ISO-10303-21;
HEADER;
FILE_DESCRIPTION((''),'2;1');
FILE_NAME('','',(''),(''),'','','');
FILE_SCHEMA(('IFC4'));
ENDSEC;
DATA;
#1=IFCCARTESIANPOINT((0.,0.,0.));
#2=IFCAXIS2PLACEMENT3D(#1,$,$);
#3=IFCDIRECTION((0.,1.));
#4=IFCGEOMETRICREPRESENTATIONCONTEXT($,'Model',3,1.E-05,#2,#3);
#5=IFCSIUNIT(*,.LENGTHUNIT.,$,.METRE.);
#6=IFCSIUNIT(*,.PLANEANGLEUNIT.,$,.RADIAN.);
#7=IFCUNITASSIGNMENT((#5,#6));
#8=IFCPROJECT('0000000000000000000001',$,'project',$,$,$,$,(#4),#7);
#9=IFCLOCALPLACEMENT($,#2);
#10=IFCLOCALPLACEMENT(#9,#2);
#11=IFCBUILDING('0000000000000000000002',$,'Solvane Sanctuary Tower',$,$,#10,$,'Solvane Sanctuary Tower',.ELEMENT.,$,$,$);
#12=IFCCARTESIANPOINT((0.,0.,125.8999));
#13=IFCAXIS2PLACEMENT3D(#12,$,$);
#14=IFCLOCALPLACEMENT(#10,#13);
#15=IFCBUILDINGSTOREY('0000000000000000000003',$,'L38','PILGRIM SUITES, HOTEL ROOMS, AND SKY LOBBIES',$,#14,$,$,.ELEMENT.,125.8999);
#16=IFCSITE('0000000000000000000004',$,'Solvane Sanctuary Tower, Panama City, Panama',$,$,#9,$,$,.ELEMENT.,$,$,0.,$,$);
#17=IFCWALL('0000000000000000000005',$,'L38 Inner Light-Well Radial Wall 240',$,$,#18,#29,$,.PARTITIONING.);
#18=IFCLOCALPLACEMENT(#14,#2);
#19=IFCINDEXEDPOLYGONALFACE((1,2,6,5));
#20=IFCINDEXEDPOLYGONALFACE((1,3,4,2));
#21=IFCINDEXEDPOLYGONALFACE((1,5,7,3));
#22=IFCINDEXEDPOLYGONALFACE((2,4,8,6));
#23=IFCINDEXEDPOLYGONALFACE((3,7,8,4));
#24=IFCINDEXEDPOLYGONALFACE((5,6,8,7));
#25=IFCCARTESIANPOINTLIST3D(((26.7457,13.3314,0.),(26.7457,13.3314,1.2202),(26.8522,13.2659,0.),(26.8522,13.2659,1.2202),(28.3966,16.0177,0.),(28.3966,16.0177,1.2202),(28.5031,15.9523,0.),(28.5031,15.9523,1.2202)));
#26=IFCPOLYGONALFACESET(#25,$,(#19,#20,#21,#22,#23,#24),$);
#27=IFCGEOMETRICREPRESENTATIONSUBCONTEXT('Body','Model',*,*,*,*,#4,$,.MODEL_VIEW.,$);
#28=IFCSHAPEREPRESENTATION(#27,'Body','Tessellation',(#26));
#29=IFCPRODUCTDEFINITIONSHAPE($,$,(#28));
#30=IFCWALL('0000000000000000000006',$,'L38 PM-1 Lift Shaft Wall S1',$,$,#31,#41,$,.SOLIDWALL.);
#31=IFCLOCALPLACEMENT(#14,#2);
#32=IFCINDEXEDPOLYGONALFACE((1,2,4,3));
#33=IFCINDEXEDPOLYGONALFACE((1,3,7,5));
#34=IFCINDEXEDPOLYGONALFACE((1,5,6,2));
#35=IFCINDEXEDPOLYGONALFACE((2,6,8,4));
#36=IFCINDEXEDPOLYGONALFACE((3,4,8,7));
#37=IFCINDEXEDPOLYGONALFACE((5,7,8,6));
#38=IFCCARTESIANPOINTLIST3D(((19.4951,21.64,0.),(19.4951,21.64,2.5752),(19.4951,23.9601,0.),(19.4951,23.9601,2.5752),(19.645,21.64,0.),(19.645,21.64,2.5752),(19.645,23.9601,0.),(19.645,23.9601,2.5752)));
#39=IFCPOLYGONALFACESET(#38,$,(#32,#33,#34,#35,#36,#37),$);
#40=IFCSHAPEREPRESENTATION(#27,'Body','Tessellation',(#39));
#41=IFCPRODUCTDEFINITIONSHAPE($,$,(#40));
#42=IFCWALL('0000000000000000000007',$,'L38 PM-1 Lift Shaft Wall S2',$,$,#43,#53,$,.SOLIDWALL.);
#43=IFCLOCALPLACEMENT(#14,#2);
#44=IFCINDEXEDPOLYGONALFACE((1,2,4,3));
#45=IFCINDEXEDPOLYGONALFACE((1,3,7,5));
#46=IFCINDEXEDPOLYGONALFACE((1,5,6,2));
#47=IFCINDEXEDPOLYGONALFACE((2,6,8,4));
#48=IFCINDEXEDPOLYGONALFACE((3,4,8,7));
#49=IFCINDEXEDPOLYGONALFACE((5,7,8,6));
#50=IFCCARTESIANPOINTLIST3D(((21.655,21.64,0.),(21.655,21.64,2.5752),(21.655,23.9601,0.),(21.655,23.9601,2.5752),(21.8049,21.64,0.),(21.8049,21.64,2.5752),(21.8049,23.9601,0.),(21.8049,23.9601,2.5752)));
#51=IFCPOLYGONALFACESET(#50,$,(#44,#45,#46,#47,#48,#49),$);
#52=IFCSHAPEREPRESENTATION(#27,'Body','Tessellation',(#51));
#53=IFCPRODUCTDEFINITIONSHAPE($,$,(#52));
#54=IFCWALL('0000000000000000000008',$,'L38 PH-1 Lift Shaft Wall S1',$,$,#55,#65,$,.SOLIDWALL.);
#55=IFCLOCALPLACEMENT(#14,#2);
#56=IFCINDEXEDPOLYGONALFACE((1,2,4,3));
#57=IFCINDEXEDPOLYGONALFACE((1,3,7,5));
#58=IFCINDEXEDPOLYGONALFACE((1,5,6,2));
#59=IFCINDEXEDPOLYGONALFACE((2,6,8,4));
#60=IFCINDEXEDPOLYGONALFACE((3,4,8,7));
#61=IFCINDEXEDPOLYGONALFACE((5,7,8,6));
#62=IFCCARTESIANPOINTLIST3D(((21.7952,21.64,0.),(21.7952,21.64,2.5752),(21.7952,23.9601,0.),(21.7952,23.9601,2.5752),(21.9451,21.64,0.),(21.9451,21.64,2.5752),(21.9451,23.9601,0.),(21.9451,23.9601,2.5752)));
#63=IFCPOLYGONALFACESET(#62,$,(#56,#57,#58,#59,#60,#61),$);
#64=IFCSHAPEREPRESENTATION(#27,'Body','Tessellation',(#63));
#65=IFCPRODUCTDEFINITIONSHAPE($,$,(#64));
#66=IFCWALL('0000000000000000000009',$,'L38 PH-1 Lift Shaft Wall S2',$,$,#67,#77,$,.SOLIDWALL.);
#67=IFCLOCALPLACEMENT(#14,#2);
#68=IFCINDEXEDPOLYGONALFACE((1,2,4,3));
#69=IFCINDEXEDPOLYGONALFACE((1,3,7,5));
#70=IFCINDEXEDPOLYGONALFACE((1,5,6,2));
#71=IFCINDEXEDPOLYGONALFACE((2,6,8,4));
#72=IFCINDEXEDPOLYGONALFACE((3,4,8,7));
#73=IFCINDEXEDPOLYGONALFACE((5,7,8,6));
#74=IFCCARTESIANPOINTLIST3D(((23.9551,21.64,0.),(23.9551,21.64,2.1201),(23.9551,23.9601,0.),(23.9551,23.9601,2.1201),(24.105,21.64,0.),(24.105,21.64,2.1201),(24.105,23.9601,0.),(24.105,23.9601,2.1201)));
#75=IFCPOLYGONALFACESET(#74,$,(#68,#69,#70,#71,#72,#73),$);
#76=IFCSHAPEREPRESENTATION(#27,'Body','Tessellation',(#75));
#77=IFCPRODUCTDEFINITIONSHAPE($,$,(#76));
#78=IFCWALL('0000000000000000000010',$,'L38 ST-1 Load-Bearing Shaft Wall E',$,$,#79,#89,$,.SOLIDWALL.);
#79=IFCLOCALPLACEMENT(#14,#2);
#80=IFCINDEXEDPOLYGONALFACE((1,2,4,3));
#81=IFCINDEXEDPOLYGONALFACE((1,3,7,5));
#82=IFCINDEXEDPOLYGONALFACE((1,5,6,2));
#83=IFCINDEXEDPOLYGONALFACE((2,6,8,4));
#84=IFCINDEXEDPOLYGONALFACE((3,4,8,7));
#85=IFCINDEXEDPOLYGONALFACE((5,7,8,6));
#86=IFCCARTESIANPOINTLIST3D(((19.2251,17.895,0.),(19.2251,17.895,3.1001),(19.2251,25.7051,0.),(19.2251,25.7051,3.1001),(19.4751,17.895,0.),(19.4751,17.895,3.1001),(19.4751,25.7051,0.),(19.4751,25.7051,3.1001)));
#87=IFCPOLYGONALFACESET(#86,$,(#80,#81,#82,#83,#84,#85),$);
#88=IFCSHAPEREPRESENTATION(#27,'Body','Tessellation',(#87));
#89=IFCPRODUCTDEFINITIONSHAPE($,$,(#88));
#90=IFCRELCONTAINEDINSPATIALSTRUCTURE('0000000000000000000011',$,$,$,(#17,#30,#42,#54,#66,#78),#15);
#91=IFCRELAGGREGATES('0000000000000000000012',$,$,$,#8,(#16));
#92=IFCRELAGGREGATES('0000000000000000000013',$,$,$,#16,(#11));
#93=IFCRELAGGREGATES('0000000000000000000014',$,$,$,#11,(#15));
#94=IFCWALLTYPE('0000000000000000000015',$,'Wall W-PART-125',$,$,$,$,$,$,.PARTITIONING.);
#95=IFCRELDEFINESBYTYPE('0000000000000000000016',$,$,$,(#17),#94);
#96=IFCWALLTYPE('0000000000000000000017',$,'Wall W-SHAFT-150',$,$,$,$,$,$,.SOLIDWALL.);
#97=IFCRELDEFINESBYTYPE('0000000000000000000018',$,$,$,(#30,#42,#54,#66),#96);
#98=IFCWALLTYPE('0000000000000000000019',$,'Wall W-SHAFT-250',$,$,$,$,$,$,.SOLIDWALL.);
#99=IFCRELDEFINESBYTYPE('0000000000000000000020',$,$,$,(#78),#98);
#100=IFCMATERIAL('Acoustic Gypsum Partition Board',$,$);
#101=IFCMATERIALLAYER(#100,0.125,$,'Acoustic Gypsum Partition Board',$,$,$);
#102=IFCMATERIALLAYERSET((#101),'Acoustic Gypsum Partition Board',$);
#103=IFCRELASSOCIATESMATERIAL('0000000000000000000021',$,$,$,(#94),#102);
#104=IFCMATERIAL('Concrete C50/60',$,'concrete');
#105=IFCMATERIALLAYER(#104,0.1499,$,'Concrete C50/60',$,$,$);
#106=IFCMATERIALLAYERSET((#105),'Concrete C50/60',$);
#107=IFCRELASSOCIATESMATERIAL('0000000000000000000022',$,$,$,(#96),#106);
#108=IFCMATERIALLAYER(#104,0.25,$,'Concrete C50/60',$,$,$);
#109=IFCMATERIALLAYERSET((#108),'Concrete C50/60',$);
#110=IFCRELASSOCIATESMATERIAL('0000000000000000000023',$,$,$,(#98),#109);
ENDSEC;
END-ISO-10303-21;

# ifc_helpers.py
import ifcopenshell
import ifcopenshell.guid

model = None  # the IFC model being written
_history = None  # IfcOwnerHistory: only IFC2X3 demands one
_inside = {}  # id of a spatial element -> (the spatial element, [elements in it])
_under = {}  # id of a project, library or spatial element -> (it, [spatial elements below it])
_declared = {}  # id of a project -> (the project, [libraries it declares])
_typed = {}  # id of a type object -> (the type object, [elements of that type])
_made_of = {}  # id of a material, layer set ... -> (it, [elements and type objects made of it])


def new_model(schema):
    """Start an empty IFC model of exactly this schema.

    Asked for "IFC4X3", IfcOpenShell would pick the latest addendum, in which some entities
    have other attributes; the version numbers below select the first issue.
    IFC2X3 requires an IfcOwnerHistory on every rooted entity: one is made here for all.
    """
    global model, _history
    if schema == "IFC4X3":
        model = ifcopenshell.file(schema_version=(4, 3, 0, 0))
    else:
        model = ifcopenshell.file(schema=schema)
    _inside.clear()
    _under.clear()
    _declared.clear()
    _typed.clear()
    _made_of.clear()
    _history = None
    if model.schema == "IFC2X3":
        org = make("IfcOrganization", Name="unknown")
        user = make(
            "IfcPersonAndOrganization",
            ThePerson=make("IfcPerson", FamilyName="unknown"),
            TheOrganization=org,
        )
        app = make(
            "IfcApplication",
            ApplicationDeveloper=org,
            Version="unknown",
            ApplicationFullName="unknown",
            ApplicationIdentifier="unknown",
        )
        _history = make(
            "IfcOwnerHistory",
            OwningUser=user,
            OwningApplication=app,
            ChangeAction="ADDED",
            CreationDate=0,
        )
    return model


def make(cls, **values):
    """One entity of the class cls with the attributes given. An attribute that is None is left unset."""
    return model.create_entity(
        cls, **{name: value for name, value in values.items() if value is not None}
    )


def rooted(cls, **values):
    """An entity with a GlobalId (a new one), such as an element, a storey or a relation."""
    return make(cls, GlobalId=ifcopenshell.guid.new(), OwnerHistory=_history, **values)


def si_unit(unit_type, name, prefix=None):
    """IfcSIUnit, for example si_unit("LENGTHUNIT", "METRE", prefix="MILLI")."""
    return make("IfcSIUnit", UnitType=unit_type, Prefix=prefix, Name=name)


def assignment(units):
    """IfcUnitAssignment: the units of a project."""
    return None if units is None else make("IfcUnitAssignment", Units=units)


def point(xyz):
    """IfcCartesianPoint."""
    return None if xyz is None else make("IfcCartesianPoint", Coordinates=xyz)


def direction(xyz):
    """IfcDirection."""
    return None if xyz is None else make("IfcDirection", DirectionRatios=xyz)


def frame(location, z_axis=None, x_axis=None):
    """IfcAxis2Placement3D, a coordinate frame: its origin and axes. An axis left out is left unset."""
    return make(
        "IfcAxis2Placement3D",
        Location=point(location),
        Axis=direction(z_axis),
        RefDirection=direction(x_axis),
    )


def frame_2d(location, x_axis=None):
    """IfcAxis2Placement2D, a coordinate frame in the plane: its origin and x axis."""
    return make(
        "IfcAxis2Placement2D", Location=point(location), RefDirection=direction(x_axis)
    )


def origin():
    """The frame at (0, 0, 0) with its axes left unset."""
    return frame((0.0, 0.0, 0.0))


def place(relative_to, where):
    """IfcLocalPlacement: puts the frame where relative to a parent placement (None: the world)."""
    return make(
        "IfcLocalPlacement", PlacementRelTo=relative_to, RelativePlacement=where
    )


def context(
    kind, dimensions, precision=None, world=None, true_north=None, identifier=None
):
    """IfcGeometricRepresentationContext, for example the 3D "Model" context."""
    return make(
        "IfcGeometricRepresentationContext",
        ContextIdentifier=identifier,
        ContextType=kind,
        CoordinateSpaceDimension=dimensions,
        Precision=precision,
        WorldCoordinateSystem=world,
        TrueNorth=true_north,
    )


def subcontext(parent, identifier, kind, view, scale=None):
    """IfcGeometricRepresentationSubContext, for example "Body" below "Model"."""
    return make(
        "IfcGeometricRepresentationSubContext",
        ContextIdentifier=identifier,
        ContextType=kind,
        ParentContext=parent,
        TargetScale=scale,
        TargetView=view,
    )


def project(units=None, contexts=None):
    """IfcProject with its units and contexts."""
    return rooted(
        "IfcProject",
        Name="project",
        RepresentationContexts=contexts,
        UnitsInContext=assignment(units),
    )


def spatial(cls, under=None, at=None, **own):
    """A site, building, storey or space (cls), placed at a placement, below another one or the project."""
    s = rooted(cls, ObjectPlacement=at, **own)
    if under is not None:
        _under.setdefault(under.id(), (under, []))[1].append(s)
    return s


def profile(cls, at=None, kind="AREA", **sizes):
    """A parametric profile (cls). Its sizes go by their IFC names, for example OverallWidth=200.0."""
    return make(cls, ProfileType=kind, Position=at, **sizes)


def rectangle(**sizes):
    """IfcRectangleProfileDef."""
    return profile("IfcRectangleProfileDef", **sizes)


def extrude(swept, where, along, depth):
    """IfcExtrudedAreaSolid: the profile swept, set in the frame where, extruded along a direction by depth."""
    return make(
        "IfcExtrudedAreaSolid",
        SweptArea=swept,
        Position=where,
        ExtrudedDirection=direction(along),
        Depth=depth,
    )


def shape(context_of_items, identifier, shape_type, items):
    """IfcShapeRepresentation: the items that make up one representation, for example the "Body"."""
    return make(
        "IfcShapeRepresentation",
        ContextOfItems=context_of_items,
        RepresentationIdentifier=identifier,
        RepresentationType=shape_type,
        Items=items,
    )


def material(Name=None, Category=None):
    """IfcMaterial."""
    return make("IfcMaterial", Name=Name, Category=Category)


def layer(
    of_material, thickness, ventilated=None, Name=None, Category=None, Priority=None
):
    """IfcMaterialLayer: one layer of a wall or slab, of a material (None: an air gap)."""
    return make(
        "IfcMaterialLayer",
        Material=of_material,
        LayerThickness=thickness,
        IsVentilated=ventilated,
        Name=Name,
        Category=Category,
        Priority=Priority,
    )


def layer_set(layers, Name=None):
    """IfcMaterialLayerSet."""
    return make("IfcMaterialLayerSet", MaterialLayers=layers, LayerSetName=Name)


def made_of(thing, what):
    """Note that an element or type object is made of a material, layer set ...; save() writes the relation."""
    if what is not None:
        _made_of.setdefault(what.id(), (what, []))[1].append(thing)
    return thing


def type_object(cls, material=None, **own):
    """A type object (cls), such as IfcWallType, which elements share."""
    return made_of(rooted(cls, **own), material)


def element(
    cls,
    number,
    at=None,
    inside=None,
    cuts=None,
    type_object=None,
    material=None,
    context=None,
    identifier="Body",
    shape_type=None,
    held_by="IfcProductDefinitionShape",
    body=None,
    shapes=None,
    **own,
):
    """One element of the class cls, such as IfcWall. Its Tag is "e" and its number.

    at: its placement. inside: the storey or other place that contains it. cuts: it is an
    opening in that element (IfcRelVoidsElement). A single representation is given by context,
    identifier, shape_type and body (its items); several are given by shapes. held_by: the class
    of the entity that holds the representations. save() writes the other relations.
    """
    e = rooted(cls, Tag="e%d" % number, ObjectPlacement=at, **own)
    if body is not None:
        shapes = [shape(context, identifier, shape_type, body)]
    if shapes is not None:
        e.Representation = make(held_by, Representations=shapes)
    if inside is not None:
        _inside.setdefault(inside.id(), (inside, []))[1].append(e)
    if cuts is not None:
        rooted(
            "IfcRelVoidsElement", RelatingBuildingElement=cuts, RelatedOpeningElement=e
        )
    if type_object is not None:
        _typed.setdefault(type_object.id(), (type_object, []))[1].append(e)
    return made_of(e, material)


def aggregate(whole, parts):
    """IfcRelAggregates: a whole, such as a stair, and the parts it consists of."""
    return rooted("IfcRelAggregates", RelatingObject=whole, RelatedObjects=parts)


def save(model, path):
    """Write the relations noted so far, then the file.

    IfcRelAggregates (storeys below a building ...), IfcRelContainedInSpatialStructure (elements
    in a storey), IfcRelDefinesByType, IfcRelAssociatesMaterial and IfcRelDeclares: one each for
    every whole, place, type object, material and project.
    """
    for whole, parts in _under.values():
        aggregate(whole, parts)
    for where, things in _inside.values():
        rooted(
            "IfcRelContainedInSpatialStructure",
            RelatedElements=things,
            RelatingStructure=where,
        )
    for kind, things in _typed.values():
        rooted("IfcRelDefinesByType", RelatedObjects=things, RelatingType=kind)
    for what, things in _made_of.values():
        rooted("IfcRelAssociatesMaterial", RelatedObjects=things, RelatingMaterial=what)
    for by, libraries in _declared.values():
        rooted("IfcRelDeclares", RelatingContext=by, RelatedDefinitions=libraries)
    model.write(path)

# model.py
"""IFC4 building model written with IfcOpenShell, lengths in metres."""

from ifc_helpers import new_model, si_unit, direction, frame, frame_2d, origin, place, context, subcontext, project, spatial, rectangle, extrude, material, layer, layer_set, type_object, element, save


model = new_model("IFC4")

# Units and contexts
model_context = context("Model", 3, precision=1e-05, world=origin(), true_north=direction((0.0, 1.0)))
body_context = subcontext(model_context, "Body", "Model", "MODEL_VIEW")
ifc_project = project(units=[si_unit("LENGTHUNIT", "METRE"), si_unit("PLANEANGLEUNIT", "RADIAN")], contexts=[model_context])

# Site, building, storey
site_placement = place(None, origin())
site = spatial("IfcSite", under=ifc_project, at=site_placement, Name="Solvane Sanctuary Tower, Panama City, Panama", CompositionType="ELEMENT", RefElevation=0.0)
building_placement = place(site_placement, origin())
building = spatial("IfcBuilding", under=site, at=building_placement, Name="Solvane Sanctuary Tower", LongName="Solvane Sanctuary Tower", CompositionType="ELEMENT")
storey_placement = place(building_placement, frame((0.0, 0.0, 125.8999)))
storey = spatial("IfcBuildingStorey", under=building, at=storey_placement, Name="L38", Description="PILGRIM SUITES, HOTEL ROOMS, AND SKY LOBBIES", CompositionType="ELEMENT", Elevation=125.8999)

# Shared definitions
ifc_material_1 = material(Name="Acoustic Gypsum Partition Board")
ifc_layer_1 = layer(ifc_material_1, 0.125, Name="Acoustic Gypsum Partition Board")
ifc_layer_set_1 = layer_set([ifc_layer_1], Name="Acoustic Gypsum Partition Board")
wall_type_1 = type_object("IfcWallType", Name="Wall W-PART-125", PredefinedType="PARTITIONING", material=ifc_layer_set_1)

# Walls
wall_1_placement = place(storey_placement, frame((28.45, 15.9851, 0.0), z_axis=(0.0, 0.0, 1.0), x_axis=(-0.523588, -0.851972, 0.0)))
element("IfcWall", 1, at=wall_1_placement, inside=storey, type_object=wall_type_1, Name="L38 Inner Light-Well Radial Wall 240", PredefinedType="PARTITIONING", context=body_context, shape_type="SweptSolid", body=[
    extrude(rectangle(XDim=3.1531, YDim=0.125, at=frame_2d((1.5767, 0.0))), origin(), (0.0, 0.0, 1.0), 1.2202),
])
ifc_material_2 = material(Name="Concrete C50/60", Category="concrete")
ifc_layer_2 = layer(ifc_material_2, 0.1499, Name="Concrete C50/60")
ifc_layer_set_2 = layer_set([ifc_layer_2], Name="Concrete C50/60")
wall_type_2 = type_object("IfcWallType", Name="Wall W-SHAFT-150", PredefinedType="SOLIDWALL", material=ifc_layer_set_2)
for number, where, z_axis, x_axis, name in (
    (2, (19.5701, 21.6399, 0.0), (0.0, 0.0, 1.0), (0.0, 1.0, 0.0), "L38 PM-1 Lift Shaft Wall S1"),
    (3, (21.73, 21.6399, 0.0), (0.0, 0.0, 1.0), (0.0, 1.0, 0.0), "L38 PM-1 Lift Shaft Wall S2"),
    (4, (21.8701, 21.6399, 0.0), (0.0, 0.0, 1.0), (0.0, 1.0, 0.0), "L38 PH-1 Lift Shaft Wall S1"),
):
    element("IfcWall", number, at=place(storey_placement, frame(where, z_axis=z_axis, x_axis=x_axis)), inside=storey, type_object=wall_type_2, Name=name, PredefinedType="SOLIDWALL", context=body_context, shape_type="SweptSolid", body=[
        extrude(rectangle(XDim=2.3201, YDim=0.1499, at=frame_2d((1.1602, 0.0))), origin(), (0.0, 0.0, 1.0), 2.5752),
    ])
wall_2_placement = place(storey_placement, frame((24.03, 21.6399, 0.0), z_axis=(0.0, 0.0, 1.0), x_axis=(0.0, 1.0, 0.0)))
element("IfcWall", 5, at=wall_2_placement, inside=storey, type_object=wall_type_2, Name="L38 PH-1 Lift Shaft Wall S2", PredefinedType="SOLIDWALL", context=body_context, shape_type="SweptSolid", body=[
    extrude(rectangle(XDim=2.3201, YDim=0.1499, at=frame_2d((1.1602, 0.0))), origin(), (0.0, 0.0, 1.0), 2.1201),
])
ifc_layer_3 = layer(ifc_material_2, 0.25, Name="Concrete C50/60")
ifc_layer_set_3 = layer_set([ifc_layer_3], Name="Concrete C50/60")
wall_type_3 = type_object("IfcWallType", Name="Wall W-SHAFT-250", PredefinedType="SOLIDWALL", material=ifc_layer_set_3)
wall_3_placement = place(storey_placement, frame((19.3501, 17.895, 0.0), z_axis=(0.0, 0.0, 1.0), x_axis=(0.0, 1.0, 0.0)))
element("IfcWall", 6, at=wall_3_placement, inside=storey, type_object=wall_type_3, Name="L38 ST-1 Load-Bearing Shaft Wall E", PredefinedType="SOLIDWALL", context=body_context, shape_type="SweptSolid", body=[
    extrude(rectangle(XDim=7.8101, YDim=0.25, at=frame_2d((3.905, 0.0))), origin(), (0.0, 0.0, 1.0), 3.1001),
])

save(model, "model.ifc")
